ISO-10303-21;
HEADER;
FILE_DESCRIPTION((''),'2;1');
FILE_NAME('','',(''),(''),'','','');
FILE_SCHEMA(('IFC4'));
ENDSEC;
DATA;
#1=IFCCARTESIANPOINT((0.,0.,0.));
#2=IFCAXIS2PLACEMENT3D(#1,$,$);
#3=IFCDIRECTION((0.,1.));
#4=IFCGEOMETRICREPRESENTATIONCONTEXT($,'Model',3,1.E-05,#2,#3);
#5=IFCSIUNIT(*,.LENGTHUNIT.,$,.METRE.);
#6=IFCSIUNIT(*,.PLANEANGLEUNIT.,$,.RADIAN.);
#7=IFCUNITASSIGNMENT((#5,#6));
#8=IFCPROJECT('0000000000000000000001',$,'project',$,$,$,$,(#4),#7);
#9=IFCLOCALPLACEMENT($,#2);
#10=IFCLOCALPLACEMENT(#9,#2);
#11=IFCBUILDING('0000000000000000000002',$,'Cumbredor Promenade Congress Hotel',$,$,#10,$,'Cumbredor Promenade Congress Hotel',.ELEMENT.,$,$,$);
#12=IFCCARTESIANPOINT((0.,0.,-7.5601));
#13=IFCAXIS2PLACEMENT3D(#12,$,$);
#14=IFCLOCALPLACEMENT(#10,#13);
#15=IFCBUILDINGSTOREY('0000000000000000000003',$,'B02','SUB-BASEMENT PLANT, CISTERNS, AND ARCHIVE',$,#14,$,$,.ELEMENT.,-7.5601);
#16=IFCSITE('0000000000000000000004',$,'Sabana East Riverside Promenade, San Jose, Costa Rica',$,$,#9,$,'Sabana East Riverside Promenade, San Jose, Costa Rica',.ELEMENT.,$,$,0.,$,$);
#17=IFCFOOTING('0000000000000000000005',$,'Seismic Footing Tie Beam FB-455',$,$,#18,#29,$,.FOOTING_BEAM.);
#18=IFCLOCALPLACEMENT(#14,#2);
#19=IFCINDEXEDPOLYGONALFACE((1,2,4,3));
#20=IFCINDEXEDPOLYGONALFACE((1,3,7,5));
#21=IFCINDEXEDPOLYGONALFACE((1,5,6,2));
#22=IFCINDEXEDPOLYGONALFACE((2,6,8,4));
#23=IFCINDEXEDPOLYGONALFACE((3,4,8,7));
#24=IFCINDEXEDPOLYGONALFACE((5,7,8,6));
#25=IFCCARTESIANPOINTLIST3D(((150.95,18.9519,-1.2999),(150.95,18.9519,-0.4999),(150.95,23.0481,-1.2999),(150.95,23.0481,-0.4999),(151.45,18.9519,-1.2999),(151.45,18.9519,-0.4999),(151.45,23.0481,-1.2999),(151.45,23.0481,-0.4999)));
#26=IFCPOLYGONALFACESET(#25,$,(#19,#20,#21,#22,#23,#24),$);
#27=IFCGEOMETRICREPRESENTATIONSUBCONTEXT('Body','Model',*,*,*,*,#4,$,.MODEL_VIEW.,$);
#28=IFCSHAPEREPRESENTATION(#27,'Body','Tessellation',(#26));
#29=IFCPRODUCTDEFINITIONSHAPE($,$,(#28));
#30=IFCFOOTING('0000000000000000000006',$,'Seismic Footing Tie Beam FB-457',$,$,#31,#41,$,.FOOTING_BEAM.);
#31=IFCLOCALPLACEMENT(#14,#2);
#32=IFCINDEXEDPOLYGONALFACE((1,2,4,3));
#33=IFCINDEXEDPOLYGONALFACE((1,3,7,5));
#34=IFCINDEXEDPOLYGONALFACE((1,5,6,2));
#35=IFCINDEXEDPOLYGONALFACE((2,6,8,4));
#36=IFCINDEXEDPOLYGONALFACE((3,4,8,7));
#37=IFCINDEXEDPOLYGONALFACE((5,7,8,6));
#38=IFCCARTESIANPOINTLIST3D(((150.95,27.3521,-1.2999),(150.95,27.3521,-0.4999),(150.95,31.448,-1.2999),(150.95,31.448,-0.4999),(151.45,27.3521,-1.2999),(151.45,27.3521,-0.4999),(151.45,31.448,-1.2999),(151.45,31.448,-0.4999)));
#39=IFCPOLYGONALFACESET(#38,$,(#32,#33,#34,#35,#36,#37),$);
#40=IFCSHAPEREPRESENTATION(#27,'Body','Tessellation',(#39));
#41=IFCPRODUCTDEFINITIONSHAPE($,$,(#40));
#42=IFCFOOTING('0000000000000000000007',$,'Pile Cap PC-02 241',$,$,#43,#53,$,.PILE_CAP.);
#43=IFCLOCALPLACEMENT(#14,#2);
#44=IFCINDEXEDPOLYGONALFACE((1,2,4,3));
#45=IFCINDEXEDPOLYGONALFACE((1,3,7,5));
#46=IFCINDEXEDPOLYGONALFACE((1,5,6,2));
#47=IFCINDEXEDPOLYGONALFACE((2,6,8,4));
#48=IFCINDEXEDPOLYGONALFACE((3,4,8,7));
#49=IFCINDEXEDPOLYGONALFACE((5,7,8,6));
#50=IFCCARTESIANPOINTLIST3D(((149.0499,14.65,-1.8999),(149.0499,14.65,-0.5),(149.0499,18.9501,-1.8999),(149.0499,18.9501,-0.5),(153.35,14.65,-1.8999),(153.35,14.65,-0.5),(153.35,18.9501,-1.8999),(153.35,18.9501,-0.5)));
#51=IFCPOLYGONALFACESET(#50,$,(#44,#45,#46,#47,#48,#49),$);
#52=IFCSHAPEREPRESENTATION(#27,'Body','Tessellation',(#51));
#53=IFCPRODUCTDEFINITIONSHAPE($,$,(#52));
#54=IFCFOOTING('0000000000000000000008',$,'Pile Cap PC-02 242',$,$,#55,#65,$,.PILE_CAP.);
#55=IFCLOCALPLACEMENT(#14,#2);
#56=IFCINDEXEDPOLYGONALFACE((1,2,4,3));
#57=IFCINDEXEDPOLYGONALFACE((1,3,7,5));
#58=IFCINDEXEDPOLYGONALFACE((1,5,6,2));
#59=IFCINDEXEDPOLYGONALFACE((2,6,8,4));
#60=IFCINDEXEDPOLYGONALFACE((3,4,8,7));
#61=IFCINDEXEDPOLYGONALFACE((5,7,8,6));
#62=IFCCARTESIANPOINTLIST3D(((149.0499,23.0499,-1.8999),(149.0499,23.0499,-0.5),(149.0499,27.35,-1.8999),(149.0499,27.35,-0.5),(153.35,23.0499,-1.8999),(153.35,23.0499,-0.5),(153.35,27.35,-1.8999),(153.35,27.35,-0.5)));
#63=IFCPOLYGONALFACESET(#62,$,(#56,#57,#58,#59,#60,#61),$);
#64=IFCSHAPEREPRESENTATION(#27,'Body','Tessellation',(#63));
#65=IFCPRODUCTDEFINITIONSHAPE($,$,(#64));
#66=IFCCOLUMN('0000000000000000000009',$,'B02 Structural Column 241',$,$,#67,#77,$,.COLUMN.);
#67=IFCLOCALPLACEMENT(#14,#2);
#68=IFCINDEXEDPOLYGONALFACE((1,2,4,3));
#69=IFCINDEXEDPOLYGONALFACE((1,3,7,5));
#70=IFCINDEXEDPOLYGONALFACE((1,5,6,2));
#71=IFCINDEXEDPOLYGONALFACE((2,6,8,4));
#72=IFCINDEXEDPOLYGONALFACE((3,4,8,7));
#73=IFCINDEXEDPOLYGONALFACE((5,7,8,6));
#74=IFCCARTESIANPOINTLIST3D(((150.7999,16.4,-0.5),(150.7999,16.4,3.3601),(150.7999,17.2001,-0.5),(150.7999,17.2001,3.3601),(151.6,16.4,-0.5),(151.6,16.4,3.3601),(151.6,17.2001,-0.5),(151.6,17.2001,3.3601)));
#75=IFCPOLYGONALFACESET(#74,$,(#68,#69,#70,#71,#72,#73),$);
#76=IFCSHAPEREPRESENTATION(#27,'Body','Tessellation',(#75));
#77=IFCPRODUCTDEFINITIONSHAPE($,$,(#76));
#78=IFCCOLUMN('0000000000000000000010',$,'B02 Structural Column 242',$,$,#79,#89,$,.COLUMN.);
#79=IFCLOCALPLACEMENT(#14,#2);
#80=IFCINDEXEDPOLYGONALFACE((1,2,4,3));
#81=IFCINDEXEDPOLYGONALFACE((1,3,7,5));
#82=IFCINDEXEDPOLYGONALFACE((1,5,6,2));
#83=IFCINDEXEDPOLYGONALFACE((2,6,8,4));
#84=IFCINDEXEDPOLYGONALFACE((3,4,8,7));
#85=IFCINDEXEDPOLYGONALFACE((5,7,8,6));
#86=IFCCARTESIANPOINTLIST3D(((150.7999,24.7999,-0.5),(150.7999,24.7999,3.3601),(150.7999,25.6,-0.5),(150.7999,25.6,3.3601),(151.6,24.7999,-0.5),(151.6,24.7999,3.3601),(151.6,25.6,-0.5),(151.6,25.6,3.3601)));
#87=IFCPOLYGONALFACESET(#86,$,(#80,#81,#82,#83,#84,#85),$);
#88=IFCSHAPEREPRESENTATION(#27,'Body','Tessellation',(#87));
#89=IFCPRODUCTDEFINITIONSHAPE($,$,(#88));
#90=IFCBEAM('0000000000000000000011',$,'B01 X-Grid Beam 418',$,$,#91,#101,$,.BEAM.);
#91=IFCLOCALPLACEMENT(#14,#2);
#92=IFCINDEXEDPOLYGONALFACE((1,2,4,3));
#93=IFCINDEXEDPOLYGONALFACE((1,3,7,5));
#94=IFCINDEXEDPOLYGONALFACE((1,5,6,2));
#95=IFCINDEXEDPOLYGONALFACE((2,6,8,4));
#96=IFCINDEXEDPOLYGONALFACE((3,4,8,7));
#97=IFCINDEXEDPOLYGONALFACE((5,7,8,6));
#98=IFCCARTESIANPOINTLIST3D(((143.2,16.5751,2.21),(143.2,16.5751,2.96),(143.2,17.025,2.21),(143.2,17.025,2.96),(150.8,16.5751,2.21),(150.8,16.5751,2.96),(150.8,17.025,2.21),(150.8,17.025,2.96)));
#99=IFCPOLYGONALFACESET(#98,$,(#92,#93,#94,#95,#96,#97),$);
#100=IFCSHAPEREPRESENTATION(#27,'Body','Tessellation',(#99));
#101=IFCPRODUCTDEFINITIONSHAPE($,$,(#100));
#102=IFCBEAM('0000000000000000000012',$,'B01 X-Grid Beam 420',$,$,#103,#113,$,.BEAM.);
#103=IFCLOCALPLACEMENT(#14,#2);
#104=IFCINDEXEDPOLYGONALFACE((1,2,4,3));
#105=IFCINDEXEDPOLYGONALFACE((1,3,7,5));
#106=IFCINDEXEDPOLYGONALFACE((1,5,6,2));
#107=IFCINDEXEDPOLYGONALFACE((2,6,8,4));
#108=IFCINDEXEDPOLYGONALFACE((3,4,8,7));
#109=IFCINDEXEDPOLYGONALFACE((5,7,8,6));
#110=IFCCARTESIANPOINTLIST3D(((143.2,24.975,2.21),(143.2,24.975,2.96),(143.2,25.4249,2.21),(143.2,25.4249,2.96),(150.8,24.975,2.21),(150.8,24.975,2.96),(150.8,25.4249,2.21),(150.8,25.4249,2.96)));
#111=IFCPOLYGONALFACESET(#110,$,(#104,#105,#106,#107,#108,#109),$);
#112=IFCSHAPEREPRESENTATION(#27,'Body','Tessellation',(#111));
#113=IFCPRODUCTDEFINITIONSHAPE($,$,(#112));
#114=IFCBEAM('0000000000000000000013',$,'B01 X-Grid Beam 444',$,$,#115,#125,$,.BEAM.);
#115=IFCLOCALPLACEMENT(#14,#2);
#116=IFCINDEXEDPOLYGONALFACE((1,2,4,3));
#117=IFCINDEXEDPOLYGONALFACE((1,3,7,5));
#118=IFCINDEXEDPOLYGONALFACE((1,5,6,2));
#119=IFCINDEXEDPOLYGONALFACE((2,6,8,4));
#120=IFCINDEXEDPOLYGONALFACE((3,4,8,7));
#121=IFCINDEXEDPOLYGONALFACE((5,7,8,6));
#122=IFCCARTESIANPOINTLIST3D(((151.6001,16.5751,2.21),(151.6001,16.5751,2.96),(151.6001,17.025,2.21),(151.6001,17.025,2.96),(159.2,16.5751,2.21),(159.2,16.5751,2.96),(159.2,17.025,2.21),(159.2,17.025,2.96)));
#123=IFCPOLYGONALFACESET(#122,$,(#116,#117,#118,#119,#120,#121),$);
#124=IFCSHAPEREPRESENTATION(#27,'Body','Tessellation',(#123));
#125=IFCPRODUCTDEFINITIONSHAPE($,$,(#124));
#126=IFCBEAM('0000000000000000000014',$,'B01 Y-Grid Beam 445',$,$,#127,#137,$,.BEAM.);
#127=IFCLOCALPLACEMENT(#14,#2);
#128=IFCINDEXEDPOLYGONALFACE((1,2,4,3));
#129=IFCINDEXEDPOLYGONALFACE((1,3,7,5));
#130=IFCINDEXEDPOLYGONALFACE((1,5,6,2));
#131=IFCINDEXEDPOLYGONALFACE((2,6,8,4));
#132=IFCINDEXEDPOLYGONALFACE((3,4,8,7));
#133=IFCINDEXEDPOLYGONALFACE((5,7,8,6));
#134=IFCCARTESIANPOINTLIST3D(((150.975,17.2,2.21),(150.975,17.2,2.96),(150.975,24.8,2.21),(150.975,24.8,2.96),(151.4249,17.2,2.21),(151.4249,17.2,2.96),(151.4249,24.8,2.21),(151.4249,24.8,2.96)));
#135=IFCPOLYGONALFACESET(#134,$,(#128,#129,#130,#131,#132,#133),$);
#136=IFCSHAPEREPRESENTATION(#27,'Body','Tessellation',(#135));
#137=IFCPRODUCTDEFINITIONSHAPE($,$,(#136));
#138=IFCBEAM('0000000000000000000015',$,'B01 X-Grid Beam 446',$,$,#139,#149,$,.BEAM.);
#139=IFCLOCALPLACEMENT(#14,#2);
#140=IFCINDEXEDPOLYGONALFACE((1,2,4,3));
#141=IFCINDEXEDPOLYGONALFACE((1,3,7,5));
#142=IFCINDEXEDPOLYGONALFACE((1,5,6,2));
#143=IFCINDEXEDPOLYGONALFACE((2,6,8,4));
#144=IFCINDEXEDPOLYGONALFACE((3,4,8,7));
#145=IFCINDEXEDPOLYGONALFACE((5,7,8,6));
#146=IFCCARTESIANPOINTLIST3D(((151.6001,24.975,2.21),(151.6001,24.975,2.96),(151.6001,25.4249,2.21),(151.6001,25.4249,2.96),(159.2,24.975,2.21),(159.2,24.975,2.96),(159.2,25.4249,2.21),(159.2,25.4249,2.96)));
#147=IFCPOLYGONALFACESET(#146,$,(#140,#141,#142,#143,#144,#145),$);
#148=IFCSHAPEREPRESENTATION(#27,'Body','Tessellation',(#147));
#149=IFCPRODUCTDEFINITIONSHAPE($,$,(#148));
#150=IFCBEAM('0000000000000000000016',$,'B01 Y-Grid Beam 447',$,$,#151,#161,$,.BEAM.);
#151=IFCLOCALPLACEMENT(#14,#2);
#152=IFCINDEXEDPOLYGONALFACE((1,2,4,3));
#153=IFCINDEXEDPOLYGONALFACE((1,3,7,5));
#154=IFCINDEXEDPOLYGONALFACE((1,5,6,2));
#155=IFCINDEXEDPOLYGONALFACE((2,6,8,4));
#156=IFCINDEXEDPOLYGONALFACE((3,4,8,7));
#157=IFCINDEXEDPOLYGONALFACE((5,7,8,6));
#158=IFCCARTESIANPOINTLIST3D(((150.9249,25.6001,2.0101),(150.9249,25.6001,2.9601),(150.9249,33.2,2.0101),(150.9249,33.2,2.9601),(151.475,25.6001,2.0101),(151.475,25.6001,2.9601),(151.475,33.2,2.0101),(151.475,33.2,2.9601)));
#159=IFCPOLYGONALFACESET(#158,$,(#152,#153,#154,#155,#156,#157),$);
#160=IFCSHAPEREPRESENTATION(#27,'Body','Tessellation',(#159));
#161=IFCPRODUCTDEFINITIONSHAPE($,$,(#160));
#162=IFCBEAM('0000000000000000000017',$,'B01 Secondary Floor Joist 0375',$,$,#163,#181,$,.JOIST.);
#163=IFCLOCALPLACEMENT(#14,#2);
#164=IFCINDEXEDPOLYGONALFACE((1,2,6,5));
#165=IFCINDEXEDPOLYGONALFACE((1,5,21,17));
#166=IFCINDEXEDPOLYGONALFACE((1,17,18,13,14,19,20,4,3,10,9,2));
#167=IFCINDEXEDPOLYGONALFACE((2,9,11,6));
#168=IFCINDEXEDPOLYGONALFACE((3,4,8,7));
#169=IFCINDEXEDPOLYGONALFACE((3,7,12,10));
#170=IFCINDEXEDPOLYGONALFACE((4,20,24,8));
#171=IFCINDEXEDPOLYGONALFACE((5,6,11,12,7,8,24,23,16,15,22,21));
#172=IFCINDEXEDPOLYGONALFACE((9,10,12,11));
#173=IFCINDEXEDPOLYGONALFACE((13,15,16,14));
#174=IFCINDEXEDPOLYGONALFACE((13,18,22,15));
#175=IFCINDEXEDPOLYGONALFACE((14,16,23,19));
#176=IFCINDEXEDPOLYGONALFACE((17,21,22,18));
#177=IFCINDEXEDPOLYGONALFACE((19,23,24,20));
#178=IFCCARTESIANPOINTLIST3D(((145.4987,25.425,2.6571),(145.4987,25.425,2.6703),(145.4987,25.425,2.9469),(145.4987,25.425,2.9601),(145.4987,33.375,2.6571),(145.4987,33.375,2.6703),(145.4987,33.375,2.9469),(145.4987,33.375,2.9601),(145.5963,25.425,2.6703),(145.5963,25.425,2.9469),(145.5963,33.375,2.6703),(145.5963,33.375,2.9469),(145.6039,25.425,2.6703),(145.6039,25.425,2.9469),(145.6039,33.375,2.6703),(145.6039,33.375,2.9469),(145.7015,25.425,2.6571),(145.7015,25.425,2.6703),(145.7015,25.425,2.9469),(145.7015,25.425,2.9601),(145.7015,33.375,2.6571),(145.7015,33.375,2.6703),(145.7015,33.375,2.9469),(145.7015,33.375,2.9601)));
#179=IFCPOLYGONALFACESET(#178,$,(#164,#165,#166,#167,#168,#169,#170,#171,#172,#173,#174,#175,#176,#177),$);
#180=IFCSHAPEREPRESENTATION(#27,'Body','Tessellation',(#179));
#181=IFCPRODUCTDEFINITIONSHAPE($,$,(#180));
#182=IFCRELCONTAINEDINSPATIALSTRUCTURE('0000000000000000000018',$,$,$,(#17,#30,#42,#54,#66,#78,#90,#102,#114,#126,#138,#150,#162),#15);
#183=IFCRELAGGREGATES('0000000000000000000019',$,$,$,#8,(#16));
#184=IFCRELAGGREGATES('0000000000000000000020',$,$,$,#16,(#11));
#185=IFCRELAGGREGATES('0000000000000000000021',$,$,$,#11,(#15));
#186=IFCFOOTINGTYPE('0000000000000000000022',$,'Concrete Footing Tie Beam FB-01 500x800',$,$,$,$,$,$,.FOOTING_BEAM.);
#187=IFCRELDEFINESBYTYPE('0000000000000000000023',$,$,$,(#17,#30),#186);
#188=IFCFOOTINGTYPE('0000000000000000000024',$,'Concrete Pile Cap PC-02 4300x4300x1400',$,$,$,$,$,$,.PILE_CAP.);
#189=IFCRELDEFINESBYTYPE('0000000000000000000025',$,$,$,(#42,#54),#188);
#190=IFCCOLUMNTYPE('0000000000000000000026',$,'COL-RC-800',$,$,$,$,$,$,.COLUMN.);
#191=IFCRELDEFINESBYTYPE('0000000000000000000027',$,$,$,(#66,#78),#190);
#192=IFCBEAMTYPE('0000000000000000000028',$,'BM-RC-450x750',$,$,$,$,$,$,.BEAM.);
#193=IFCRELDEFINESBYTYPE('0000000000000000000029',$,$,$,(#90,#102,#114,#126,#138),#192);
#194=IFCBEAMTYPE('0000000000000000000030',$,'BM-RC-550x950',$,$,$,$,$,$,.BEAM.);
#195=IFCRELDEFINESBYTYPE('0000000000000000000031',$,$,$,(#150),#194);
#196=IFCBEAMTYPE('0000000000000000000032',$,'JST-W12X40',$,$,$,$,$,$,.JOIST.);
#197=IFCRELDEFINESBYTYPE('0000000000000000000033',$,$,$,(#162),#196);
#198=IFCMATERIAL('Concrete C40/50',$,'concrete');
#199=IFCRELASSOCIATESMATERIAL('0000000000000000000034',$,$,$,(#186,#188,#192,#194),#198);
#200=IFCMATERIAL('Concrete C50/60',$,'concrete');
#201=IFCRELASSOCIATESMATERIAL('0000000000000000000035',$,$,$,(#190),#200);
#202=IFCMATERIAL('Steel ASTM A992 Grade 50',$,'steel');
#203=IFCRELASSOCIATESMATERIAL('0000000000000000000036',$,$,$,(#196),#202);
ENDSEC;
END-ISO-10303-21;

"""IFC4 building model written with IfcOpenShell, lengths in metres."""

from ifc_helpers import new_model, si_unit, direction, frame, origin, origin_2d, place, context, subcontext, project, spatial, rectangle, i_section, extrude, material, material_profile, profile_set, type_object, element, save


model = new_model("IFC4")

# Units and contexts
model_context = context("Model", 3, precision=1e-05, world=origin(), true_north=direction((0.0, 1.0)))
body_context = subcontext(model_context, "Body", "Model", "MODEL_VIEW")
ifc_project = project(units=[si_unit("LENGTHUNIT", "METRE"), si_unit("PLANEANGLEUNIT", "RADIAN")], contexts=[model_context])

# Site, building, storey
site_placement = place(None, origin())
site = spatial("IfcSite", under=ifc_project, at=site_placement, Name="Sabana East Riverside Promenade, San Jose, Costa Rica", LongName="Sabana East Riverside Promenade, San Jose, Costa Rica", CompositionType="ELEMENT", RefElevation=0.0)
building_placement = place(site_placement, origin())
building = spatial("IfcBuilding", under=site, at=building_placement, Name="Cumbredor Promenade Congress Hotel", LongName="Cumbredor Promenade Congress Hotel", CompositionType="ELEMENT")
storey_placement = place(building_placement, frame((0.0, 0.0, -7.5601)))
storey = spatial("IfcBuildingStorey", under=building, at=storey_placement, Name="B02", Description="SUB-BASEMENT PLANT, CISTERNS, AND ARCHIVE", CompositionType="ELEMENT", Elevation=-7.5601)

# Shared definitions
ifc_material_1 = material(Name="Concrete C40/50", Category="concrete")

# Footings
ifc_material_profile_1 = material_profile(ifc_material_1, rectangle(XDim=0.5, YDim=0.8, at=origin_2d()), Name="FB 500x800")
ifc_profile_set_1 = profile_set([ifc_material_profile_1], Name="Concrete C40/50")
footing_type_1 = type_object("IfcFootingType", Name="Concrete Footing Tie Beam FB-01 500x800", PredefinedType="FOOTING_BEAM", material=ifc_profile_set_1)
for number, where, z_axis, x_axis, name in (
    (1, (151.2, 18.9519, -0.8999), (0.0, 1.0, 0.0), (-1.0, 0.0, 0.0), "Seismic Footing Tie Beam FB-455"),
):
    element("IfcFooting", number, at=place(storey_placement, frame(where, z_axis=z_axis, x_axis=x_axis)), inside=storey, type_object=footing_type_1, Name=name, PredefinedType="FOOTING_BEAM", context=body_context, shape_type="SweptSolid", body=[
        extrude(rectangle(XDim=0.5, YDim=0.8, at=origin_2d()), origin(), (0.0, 0.0, 1.0), 4.0962),
    ])
footing_placement = place(storey_placement, frame((151.2, 27.3521, -0.8999), z_axis=(0.0, 1.0, 0.0), x_axis=(-1.0, 0.0, 0.0)))
element("IfcFooting", 2, at=footing_placement, inside=storey, type_object=footing_type_1, Name="Seismic Footing Tie Beam FB-457", PredefinedType="FOOTING_BEAM", context=body_context, shape_type="SweptSolid", body=[
    extrude(rectangle(XDim=0.5, YDim=0.8, at=origin_2d()), origin(), (0.0, 0.0, 1.0), 4.0959),
])
footing_type_2 = type_object("IfcFootingType", Name="Concrete Pile Cap PC-02 4300x4300x1400", PredefinedType="PILE_CAP", material=ifc_material_1)
for number, where, z_axis, x_axis, name in (
    (3, (151.2, 16.8, -1.8999), (0.0, 0.0, 1.0), (1.0, 0.0, 0.0), "Pile Cap PC-02 241"),
    (4, (151.2, 25.2, -1.8999), (0.0, 0.0, 1.0), (1.0, 0.0, 0.0), "Pile Cap PC-02 242"),
):
    element("IfcFooting", number, at=place(storey_placement, frame(where, z_axis=z_axis, x_axis=x_axis)), inside=storey, type_object=footing_type_2, Name=name, PredefinedType="PILE_CAP", context=body_context, shape_type="SweptSolid", body=[
        extrude(rectangle(XDim=4.3, YDim=4.3, at=origin_2d()), origin(), (0.0, 0.0, 1.0), 1.3999),
    ])

# Columns
ifc_material_2 = material(Name="Concrete C50/60", Category="concrete")
ifc_material_profile_2 = material_profile(ifc_material_2, rectangle(XDim=0.8, YDim=0.8, at=origin_2d()), Name="RC 800x800")
ifc_profile_set_2 = profile_set([ifc_material_profile_2], Name="Concrete C50/60")
column_type = type_object("IfcColumnType", Name="COL-RC-800", PredefinedType="COLUMN", material=ifc_profile_set_2)
for number, where, z_axis, x_axis, name in (
    (5, (151.2, 16.8, -0.5), (0.0, 0.0, 1.0), (1.0, 0.0, 0.0), "B02 Structural Column 241"),
    (6, (151.2, 25.2, -0.5), (0.0, 0.0, 1.0), (1.0, 0.0, 0.0), "B02 Structural Column 242"),
):
    element("IfcColumn", number, at=place(storey_placement, frame(where, z_axis=z_axis, x_axis=x_axis)), inside=storey, type_object=column_type, Name=name, PredefinedType="COLUMN", context=body_context, shape_type="SweptSolid", body=[
        extrude(rectangle(XDim=0.8, YDim=0.8, at=origin_2d()), origin(), (0.0, 0.0, 1.0), 3.8601),
    ])

# Beams
ifc_material_profile_3 = material_profile(ifc_material_1, rectangle(XDim=0.45, YDim=0.75, at=origin_2d()), Name="RC BEAM 450x750")
ifc_profile_set_3 = profile_set([ifc_material_profile_3], Name="Concrete C40/50")
beam_type_1 = type_object("IfcBeamType", Name="BM-RC-450x750", PredefinedType="BEAM", material=ifc_profile_set_3)
for number, where, z_axis, x_axis, name in (
    (7, (143.2, 16.8, 2.585), (1.0, 0.0, 0.0), (0.0, 1.0, 0.0), "B01 X-Grid Beam 418"),
    (8, (143.2, 25.2, 2.585), (1.0, 0.0, 0.0), (0.0, 1.0, 0.0), "B01 X-Grid Beam 420"),
):
    element("IfcBeam", number, at=place(storey_placement, frame(where, z_axis=z_axis, x_axis=x_axis)), inside=storey, type_object=beam_type_1, Name=name, PredefinedType="BEAM", context=body_context, shape_type="SweptSolid", body=[
        extrude(rectangle(XDim=0.45, YDim=0.75, at=origin_2d()), origin(), (0.0, 0.0, 1.0), 7.6001),
    ])
beam_1_placement = place(storey_placement, frame((151.6001, 16.8, 2.585), z_axis=(1.0, 0.0, 0.0), x_axis=(0.0, 1.0, 0.0)))
element("IfcBeam", 9, at=beam_1_placement, inside=storey, type_object=beam_type_1, Name="B01 X-Grid Beam 444", PredefinedType="BEAM", context=body_context, shape_type="SweptSolid", body=[
    extrude(rectangle(XDim=0.45, YDim=0.75, at=origin_2d()), origin(), (0.0, 0.0, 1.0), 7.5999),
])
beam_2_placement = place(storey_placement, frame((151.2, 17.2, 2.585), z_axis=(0.0, 1.0, 0.0), x_axis=(-1.0, 0.0, 0.0)))
element("IfcBeam", 10, at=beam_2_placement, inside=storey, type_object=beam_type_1, Name="B01 Y-Grid Beam 445", PredefinedType="BEAM", context=body_context, shape_type="SweptSolid", body=[
    extrude(rectangle(XDim=0.45, YDim=0.75, at=origin_2d()), origin(), (0.0, 0.0, 1.0), 7.6001),
])
beam_3_placement = place(storey_placement, frame((151.6001, 25.2, 2.585), z_axis=(1.0, 0.0, 0.0), x_axis=(0.0, 1.0, 0.0)))
element("IfcBeam", 11, at=beam_3_placement, inside=storey, type_object=beam_type_1, Name="B01 X-Grid Beam 446", PredefinedType="BEAM", context=body_context, shape_type="SweptSolid", body=[
    extrude(rectangle(XDim=0.45, YDim=0.75, at=origin_2d()), origin(), (0.0, 0.0, 1.0), 7.5999),
])
ifc_material_profile_4 = material_profile(ifc_material_1, rectangle(XDim=0.55, YDim=0.95, at=origin_2d()), Name="RC BEAM 550x950")
ifc_profile_set_4 = profile_set([ifc_material_profile_4], Name="Concrete C40/50")
beam_type_2 = type_object("IfcBeamType", Name="BM-RC-550x950", PredefinedType="BEAM", material=ifc_profile_set_4)
beam_4_placement = place(storey_placement, frame((151.2, 25.6001, 2.4851), z_axis=(0.0, 1.0, 0.0), x_axis=(-1.0, 0.0, 0.0)))
element("IfcBeam", 12, at=beam_4_placement, inside=storey, type_object=beam_type_2, Name="B01 Y-Grid Beam 447", PredefinedType="BEAM", context=body_context, shape_type="SweptSolid", body=[
    extrude(rectangle(XDim=0.55, YDim=0.95, at=origin_2d()), origin(), (0.0, 0.0, 1.0), 7.5999),
])
ifc_material_3 = material(Name="Steel ASTM A992 Grade 50", Category="steel")
ifc_material_profile_5 = material_profile(ifc_material_3, i_section(OverallWidth=0.2029, OverallDepth=0.303, WebThickness=0.0076, FlangeThickness=0.0132, at=origin_2d()), Name="W12X40")
ifc_profile_set_5 = profile_set([ifc_material_profile_5], Name="Steel ASTM A992 Grade 50")
beam_type_3 = type_object("IfcBeamType", Name="JST-W12X40", PredefinedType="JOIST", material=ifc_profile_set_5)
for number, where, z_axis, x_axis, name in (
    (13, (145.6001, 25.425, 2.8086), (0.0, 1.0, 0.0), (-1.0, 0.0, 0.0), "B01 Secondary Floor Joist 0375"),
):
    element("IfcBeam", number, at=place(storey_placement, frame(where, z_axis=z_axis, x_axis=x_axis)), inside=storey, type_object=beam_type_3, Name=name, PredefinedType="JOIST", context=body_context, shape_type="SweptSolid", body=[
        extrude(i_section(OverallWidth=0.2029, OverallDepth=0.303, WebThickness=0.0076, FlangeThickness=0.0132, at=origin_2d()), origin(), (0.0, 0.0, 1.0), 7.95),
    ])

save(model, "model.ifc")
